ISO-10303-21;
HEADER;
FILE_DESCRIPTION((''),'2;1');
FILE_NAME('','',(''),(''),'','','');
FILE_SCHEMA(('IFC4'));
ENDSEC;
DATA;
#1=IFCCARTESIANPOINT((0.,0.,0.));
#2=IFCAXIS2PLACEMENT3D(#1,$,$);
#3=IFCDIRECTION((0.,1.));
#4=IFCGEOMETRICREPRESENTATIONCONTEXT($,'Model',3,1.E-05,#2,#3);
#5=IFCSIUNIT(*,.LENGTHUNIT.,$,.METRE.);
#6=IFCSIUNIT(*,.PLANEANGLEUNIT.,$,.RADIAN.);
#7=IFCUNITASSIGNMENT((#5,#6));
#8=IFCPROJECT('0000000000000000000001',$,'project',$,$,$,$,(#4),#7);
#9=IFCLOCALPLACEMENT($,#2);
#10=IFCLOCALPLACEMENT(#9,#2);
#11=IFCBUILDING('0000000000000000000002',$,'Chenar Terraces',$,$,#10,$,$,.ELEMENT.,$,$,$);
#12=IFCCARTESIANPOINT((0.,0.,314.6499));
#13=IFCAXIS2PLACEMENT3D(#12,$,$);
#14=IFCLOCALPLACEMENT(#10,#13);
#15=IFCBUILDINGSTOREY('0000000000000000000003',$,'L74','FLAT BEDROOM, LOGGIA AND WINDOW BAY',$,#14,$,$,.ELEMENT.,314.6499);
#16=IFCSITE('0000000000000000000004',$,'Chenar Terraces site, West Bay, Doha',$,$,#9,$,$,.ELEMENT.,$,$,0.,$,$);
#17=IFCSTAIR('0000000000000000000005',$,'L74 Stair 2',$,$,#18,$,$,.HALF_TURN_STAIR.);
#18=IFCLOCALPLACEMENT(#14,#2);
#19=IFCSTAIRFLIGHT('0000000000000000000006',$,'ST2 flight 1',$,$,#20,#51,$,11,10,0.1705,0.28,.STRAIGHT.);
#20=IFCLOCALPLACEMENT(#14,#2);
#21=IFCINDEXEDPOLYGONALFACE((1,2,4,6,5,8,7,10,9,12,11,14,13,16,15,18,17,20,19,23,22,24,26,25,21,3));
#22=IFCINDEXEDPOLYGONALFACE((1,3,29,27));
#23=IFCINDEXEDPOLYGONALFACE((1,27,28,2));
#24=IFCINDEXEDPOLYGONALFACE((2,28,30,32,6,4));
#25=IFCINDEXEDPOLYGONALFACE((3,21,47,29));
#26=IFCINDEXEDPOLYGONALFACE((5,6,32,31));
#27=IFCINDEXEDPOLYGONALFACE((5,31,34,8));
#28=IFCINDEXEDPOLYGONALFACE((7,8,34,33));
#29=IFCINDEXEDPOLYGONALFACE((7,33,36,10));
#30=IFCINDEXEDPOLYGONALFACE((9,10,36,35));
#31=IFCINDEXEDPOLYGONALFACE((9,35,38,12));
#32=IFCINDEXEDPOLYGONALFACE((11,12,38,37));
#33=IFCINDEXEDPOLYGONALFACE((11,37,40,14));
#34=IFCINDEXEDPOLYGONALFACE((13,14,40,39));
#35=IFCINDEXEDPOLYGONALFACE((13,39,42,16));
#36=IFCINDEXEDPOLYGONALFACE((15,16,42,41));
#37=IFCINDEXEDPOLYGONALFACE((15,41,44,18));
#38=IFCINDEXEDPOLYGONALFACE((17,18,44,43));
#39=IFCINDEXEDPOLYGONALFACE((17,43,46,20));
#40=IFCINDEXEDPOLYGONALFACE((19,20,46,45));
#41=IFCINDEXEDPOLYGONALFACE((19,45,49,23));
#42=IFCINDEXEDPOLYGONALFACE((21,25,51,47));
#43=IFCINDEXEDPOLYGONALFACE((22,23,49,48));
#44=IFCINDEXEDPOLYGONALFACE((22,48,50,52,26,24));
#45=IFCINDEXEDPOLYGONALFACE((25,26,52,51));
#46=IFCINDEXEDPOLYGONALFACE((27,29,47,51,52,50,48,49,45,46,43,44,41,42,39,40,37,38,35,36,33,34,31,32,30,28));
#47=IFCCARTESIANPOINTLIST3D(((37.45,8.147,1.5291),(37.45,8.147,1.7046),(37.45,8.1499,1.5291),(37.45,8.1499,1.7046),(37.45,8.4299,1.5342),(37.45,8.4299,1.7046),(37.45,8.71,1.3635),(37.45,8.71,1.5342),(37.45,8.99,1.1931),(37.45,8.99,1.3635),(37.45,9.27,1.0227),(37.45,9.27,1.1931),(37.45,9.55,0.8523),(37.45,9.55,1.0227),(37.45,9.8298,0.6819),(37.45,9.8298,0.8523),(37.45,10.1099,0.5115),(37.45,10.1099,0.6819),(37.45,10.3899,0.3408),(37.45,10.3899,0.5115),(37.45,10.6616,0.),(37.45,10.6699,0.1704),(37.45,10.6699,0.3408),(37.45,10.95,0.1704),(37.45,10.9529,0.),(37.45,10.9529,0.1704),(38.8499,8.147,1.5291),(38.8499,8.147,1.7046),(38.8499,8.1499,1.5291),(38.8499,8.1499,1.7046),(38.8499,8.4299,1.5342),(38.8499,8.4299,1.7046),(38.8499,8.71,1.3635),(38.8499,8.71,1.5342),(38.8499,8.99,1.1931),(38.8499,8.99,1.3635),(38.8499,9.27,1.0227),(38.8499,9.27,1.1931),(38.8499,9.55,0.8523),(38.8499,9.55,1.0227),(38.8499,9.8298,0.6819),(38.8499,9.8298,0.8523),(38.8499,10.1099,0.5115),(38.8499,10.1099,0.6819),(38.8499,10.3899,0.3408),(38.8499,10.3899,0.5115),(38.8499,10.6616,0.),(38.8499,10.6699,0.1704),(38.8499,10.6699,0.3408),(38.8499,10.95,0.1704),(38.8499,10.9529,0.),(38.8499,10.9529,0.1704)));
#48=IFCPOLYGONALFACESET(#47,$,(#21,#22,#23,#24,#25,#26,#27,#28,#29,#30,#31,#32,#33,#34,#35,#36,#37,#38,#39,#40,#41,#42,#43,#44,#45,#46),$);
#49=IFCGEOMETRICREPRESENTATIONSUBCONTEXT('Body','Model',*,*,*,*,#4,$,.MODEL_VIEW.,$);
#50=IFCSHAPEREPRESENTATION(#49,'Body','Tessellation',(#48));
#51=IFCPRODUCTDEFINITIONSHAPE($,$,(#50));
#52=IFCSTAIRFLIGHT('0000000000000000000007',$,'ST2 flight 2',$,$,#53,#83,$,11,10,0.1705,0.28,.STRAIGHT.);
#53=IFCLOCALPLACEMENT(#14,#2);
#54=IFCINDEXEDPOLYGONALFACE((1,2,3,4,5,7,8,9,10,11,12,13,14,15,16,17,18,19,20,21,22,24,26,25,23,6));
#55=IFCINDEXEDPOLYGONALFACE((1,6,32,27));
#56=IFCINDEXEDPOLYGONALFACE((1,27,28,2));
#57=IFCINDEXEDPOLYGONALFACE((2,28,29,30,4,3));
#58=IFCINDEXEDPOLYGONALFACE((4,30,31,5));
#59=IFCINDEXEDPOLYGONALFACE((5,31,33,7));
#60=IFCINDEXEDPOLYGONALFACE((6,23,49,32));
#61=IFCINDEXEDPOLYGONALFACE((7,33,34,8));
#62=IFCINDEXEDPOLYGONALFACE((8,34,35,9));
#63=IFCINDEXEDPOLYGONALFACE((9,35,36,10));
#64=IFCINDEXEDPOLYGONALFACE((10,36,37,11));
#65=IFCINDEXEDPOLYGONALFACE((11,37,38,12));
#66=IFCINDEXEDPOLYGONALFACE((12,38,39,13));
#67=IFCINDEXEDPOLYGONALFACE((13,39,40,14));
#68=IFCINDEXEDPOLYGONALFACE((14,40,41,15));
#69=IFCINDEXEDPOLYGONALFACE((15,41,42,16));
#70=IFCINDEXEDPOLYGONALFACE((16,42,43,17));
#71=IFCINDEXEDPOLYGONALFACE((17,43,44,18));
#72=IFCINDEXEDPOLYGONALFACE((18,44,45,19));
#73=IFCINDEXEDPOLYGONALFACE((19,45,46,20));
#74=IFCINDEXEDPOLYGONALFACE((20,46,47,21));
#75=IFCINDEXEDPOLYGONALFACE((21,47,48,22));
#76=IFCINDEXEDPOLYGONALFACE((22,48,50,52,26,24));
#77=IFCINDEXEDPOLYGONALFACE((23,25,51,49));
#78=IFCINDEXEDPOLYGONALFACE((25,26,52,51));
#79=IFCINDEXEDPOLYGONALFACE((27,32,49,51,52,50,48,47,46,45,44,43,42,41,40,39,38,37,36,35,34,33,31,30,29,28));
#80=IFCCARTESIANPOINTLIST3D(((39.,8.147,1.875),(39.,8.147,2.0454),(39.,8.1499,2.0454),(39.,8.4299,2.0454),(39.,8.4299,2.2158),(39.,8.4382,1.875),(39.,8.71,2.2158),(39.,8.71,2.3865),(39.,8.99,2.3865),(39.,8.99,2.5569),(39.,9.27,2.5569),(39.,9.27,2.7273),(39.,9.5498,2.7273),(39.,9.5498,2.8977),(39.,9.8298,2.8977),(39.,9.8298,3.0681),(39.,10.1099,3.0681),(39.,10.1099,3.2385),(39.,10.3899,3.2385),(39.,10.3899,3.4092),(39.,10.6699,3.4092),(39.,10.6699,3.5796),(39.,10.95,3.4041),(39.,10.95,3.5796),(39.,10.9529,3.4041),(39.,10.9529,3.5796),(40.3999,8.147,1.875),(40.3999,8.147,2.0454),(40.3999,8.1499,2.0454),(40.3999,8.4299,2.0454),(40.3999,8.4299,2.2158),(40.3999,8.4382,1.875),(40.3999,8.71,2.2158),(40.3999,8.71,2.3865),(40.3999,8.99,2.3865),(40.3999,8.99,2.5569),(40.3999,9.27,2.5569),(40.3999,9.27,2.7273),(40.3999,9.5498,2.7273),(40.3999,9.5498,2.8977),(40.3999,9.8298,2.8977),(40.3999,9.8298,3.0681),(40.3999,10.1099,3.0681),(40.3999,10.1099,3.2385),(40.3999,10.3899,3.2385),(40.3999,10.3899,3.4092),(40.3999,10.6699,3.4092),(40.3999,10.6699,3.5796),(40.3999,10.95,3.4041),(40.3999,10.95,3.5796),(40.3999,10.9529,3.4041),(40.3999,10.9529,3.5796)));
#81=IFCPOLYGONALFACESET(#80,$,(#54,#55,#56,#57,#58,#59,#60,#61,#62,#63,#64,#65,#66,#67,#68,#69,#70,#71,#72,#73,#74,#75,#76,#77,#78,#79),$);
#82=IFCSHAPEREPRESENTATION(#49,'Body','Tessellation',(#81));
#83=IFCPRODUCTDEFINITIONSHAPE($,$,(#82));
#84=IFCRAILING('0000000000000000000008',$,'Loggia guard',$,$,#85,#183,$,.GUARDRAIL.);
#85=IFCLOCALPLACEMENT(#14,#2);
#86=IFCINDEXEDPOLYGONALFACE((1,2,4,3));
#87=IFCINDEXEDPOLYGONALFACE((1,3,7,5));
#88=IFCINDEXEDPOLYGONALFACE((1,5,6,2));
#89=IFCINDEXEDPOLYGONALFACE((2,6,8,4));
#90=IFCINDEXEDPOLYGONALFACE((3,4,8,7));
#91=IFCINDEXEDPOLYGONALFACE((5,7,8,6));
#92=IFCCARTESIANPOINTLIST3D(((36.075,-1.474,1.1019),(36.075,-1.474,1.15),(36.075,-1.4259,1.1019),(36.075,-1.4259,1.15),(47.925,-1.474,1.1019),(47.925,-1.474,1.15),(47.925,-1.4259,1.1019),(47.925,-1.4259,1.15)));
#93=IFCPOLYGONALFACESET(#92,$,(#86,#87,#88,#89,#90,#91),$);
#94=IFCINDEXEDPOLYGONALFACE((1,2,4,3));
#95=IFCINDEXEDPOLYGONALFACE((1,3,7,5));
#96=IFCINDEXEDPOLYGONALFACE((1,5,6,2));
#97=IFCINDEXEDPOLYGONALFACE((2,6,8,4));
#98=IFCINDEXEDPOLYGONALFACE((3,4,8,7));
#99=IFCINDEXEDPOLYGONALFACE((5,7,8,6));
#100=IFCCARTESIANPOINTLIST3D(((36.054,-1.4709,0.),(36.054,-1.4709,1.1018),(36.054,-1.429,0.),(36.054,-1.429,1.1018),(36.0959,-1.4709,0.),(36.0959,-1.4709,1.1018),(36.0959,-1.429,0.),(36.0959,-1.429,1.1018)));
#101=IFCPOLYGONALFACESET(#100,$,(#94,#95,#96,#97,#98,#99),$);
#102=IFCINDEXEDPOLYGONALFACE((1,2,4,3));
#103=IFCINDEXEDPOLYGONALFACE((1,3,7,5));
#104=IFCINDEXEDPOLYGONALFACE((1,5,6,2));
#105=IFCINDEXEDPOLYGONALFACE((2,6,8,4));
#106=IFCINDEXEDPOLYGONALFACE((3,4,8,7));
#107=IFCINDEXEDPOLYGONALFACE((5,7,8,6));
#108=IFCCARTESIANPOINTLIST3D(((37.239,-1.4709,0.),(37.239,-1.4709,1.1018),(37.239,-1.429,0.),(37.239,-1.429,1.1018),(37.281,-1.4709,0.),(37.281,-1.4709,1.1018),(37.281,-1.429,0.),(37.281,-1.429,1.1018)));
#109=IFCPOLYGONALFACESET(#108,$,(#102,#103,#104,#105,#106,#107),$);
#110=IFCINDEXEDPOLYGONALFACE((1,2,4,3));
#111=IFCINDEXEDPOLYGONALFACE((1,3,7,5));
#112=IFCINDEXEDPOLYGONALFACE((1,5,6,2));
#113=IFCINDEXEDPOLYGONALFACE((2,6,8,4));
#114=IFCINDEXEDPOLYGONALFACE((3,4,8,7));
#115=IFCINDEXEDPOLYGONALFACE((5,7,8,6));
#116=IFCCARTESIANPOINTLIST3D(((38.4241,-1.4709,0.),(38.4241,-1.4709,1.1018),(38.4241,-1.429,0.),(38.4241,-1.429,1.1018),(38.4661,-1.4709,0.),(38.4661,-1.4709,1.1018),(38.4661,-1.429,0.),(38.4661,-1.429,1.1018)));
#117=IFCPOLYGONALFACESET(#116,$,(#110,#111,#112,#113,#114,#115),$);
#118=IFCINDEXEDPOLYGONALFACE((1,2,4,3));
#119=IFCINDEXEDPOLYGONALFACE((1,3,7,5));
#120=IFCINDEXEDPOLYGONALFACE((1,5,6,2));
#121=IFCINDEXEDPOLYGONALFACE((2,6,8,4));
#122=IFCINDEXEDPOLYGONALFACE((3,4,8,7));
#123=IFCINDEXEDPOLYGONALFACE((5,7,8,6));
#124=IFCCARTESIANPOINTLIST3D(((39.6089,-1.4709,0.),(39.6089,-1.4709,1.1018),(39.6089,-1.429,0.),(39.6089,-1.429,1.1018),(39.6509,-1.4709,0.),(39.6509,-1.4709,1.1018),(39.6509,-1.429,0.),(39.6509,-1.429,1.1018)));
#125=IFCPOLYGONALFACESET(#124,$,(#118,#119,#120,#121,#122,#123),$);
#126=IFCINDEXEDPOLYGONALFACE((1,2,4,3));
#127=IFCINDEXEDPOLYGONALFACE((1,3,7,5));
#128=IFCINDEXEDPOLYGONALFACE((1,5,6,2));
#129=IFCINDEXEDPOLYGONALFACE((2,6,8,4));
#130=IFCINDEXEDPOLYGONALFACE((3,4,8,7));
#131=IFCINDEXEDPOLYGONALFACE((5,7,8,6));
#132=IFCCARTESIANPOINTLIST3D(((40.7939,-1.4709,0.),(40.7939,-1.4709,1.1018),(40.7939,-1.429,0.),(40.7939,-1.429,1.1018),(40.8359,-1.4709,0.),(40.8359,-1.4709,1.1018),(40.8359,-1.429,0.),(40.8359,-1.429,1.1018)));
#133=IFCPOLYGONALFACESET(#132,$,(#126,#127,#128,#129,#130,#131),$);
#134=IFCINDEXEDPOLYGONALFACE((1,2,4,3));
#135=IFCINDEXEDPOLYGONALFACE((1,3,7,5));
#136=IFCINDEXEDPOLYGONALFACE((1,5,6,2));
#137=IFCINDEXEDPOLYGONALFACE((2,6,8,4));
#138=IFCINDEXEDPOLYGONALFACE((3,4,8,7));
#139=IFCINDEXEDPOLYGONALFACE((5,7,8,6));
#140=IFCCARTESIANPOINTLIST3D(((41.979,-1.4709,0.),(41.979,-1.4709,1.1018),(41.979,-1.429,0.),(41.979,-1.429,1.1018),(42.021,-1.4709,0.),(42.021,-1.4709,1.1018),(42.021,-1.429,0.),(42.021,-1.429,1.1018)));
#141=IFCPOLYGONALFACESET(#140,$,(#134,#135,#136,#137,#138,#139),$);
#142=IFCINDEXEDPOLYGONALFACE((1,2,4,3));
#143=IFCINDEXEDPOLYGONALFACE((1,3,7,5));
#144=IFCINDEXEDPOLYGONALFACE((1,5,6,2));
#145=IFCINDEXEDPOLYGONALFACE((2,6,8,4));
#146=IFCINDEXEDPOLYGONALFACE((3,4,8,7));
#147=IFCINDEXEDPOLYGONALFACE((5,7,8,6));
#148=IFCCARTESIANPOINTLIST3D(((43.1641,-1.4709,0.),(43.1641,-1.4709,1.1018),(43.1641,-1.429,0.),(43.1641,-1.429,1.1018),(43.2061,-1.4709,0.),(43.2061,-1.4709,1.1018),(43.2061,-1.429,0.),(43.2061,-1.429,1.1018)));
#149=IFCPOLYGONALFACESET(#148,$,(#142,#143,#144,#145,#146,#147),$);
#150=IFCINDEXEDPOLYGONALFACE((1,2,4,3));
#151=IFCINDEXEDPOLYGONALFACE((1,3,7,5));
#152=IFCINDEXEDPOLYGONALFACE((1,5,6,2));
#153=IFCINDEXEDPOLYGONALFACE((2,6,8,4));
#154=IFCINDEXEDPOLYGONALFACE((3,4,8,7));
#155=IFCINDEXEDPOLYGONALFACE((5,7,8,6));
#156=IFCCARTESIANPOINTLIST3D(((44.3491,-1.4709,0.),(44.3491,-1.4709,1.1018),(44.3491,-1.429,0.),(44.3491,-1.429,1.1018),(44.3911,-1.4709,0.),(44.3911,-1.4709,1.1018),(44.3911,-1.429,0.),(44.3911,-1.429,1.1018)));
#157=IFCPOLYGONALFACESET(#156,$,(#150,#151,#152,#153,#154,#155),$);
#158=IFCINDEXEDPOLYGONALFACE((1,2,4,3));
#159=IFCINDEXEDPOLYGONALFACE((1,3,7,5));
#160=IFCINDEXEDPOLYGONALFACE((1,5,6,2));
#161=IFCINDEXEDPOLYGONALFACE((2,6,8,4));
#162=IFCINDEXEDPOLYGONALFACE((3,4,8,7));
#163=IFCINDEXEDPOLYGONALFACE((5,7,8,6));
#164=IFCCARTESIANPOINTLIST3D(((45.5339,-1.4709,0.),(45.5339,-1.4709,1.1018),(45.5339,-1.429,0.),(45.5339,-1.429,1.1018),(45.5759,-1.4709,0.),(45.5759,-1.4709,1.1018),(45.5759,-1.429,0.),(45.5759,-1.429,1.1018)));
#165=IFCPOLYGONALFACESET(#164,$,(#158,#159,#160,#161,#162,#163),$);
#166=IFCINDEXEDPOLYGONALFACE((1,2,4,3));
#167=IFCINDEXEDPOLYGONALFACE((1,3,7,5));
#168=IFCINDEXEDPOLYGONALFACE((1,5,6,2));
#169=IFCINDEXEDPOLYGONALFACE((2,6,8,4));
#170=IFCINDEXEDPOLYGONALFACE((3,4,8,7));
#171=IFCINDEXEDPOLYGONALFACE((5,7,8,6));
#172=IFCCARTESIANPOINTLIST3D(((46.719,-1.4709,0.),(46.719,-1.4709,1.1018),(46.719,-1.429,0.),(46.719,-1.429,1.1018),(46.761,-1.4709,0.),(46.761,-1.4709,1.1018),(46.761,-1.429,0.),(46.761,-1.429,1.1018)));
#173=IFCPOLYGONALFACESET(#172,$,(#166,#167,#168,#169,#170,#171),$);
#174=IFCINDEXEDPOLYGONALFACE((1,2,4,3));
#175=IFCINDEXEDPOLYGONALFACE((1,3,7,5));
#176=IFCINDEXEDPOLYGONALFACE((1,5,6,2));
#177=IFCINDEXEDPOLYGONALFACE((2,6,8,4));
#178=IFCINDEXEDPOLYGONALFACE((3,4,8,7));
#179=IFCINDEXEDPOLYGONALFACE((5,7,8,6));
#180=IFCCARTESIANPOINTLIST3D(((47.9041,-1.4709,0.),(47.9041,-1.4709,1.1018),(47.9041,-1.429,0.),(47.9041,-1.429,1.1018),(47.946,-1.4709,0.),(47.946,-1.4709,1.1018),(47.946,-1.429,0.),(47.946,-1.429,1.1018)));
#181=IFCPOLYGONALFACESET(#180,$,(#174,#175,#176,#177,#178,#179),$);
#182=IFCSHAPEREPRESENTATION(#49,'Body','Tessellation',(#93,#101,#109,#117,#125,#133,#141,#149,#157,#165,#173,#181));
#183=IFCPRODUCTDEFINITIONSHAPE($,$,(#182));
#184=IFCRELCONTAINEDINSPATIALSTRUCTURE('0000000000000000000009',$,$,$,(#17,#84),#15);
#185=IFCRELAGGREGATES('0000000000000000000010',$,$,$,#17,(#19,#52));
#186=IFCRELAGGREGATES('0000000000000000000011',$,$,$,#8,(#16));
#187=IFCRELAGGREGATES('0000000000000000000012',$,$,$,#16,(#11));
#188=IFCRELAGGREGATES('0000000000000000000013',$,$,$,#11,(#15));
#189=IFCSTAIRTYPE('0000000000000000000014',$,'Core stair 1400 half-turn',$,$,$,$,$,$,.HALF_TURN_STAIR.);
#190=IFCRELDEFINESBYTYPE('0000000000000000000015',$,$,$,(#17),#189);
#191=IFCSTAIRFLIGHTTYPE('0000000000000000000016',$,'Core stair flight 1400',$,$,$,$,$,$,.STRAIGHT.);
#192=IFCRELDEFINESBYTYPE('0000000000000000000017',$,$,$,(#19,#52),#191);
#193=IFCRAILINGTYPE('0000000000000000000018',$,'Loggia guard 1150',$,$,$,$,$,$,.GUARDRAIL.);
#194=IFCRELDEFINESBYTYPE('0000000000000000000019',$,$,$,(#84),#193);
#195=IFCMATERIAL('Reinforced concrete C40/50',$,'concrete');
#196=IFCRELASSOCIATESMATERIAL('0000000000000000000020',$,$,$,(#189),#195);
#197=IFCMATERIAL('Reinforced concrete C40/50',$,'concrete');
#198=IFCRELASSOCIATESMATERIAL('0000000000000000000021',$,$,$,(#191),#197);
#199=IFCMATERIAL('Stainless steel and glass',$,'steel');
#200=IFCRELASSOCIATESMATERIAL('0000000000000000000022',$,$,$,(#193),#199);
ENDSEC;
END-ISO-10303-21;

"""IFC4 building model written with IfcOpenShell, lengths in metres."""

from ifc_helpers import new_model, si_unit, direction, frame, origin, origin_2d, place, context, subcontext, project, spatial, polyline, rectangle, outline, extrude, material, type_object, element, aggregate, save


model = new_model("IFC4")

# Units and contexts
model_context = context("Model", 3, precision=1e-05, world=origin(), true_north=direction((0.0, 1.0)))
body_context = subcontext(model_context, "Body", "Model", "MODEL_VIEW")
ifc_project = project(units=[si_unit("LENGTHUNIT", "METRE"), si_unit("PLANEANGLEUNIT", "RADIAN")], contexts=[model_context])

# Site, building, storey
site_placement = place(None, origin())
site = spatial("IfcSite", under=ifc_project, at=site_placement, Name="Chenar Terraces site, West Bay, Doha", CompositionType="ELEMENT", RefElevation=0.0)
building_placement = place(site_placement, origin())
building = spatial("IfcBuilding", under=site, at=building_placement, Name="Chenar Terraces", CompositionType="ELEMENT")
storey_placement = place(building_placement, frame((0.0, 0.0, 314.6499)))
storey = spatial("IfcBuildingStorey", under=building, at=storey_placement, Name="L74", Description="FLAT BEDROOM, LOGGIA AND WINDOW BAY", CompositionType="ELEMENT", Elevation=314.6499)

# Stair, stair flights
ifc_material_1 = material(Name="Reinforced concrete C40/50", Category="concrete")
stair_type = type_object("IfcStairType", Name="Core stair 1400 half-turn", PredefinedType="HALF_TURN_STAIR", material=ifc_material_1)
stair_placement = place(storey_placement, origin())
stair = element("IfcStair", 1, at=stair_placement, inside=storey, type_object=stair_type, Name="L74 Stair 2", PredefinedType="HALF_TURN_STAIR")
ifc_material_2 = material(Name="Reinforced concrete C40/50", Category="concrete")
stair_flight_type = type_object("IfcStairFlightType", Name="Core stair flight 1400", PredefinedType="STRAIGHT", material=ifc_material_2)
stair_flight_1_placement = place(storey_placement, frame((38.1499, 10.95, 0.0), z_axis=(0.0, 0.0, 1.0), x_axis=(0.0, -1.0, 0.0)))
stair_flight_1 = element("IfcStairFlight", 2, at=stair_flight_1_placement, type_object=stair_flight_type, Name="ST2 flight 1", NumberOfRisers=11, NumberOfTreads=10, PredefinedType="STRAIGHT", RiserHeight=0.1705, TreadLength=0.28, context=body_context, shape_type="SweptSolid", body=[
    extrude(outline(polyline([(-0.0029, 0.0), (-0.0029, 0.1704), (0.0, 0.1704), (0.28, 0.1704), (0.28, 0.3408), (0.5601, 0.3408), (0.5601, 0.5115), (0.8401, 0.5115), (0.8401, 0.6819), (1.1201, 0.6819), (1.1201, 0.8523), (1.3999, 0.8523), (1.3999, 1.0227), (1.6799, 1.0227), (1.6799, 1.1931), (1.96, 1.1931), (1.96, 1.3635), (2.24, 1.3635), (2.24, 1.5342), (2.52, 1.5342), (2.52, 1.7046), (2.8, 1.7046), (2.803, 1.7046), (2.803, 1.5291), (2.8, 1.5291), (0.2883, 0.0), (-0.0029, 0.0)])), frame((0.0, 0.7, 0.0), z_axis=(0.0, -1.0, 0.0), x_axis=(1.0, 0.0, 0.0)), (0.0, 0.0, 1.0), 1.3999),
])
stair_flight_2_placement = place(storey_placement, frame((39.7, 8.1499, 1.875), z_axis=(0.0, 0.0, 1.0), x_axis=(0.0, 1.0, 0.0)))
stair_flight_2 = element("IfcStairFlight", 3, at=stair_flight_2_placement, type_object=stair_flight_type, Name="ST2 flight 2", NumberOfRisers=11, NumberOfTreads=10, PredefinedType="STRAIGHT", RiserHeight=0.1705, TreadLength=0.28, context=body_context, shape_type="SweptSolid", body=[
    extrude(outline(polyline([(-0.0029, 0.0), (-0.0029, 0.1704), (0.0, 0.1704), (0.28, 0.1704), (0.28, 0.3408), (0.5601, 0.3408), (0.5601, 0.5115), (0.8401, 0.5115), (0.8401, 0.6819), (1.1201, 0.6819), (1.1201, 0.8523), (1.3999, 0.8523), (1.3999, 1.0227), (1.6799, 1.0227), (1.6799, 1.1931), (1.96, 1.1931), (1.96, 1.3635), (2.24, 1.3635), (2.24, 1.5342), (2.52, 1.5342), (2.52, 1.7046), (2.8, 1.7046), (2.803, 1.7046), (2.803, 1.5291), (2.8, 1.5291), (0.2883, 0.0), (-0.0029, 0.0)])), frame((0.0, 0.7, 0.0), z_axis=(0.0, -1.0, 0.0), x_axis=(1.0, 0.0, 0.0)), (0.0, 0.0, 1.0), 1.3999),
])
aggregate(stair, [stair_flight_1, stair_flight_2])

# Railing
ifc_material_3 = material(Name="Stainless steel and glass", Category="steel")
railing_type_1 = type_object("IfcRailingType", Name="Loggia guard 1150", PredefinedType="GUARDRAIL", material=ifc_material_3)
railing_1_placement = place(storey_placement, frame((36.075, -1.45, 0.0)))
element("IfcRailing", 4, at=railing_1_placement, inside=storey, type_object=railing_type_1, Name="Loggia guard", PredefinedType="GUARDRAIL", context=body_context, shape_type="SweptSolid", body=[
    extrude(rectangle(XDim=0.0481, YDim=0.0481, at=origin_2d()), frame((0.0, 0.0, 1.126), z_axis=(1.0, 0.0, 0.0), x_axis=(0.0, 1.0, 0.0)), (0.0, 0.0, 1.0), 11.8501),
    extrude(rectangle(XDim=0.042, YDim=0.042, at=origin_2d()), origin(), (0.0, 0.0, 1.0), 1.1018),
    extrude(rectangle(XDim=0.042, YDim=0.042, at=origin_2d()), frame((1.1851, 0.0, 0.0)), (0.0, 0.0, 1.0), 1.1018),
    extrude(rectangle(XDim=0.042, YDim=0.042, at=origin_2d()), frame((2.3701, 0.0, 0.0)), (0.0, 0.0, 1.0), 1.1018),
    extrude(rectangle(XDim=0.042, YDim=0.042, at=origin_2d()), frame((3.5549, 0.0, 0.0)), (0.0, 0.0, 1.0), 1.1018),
    extrude(rectangle(XDim=0.042, YDim=0.042, at=origin_2d()), frame((4.74, 0.0, 0.0)), (0.0, 0.0, 1.0), 1.1018),
    extrude(rectangle(XDim=0.042, YDim=0.042, at=origin_2d()), frame((5.925, 0.0, 0.0)), (0.0, 0.0, 1.0), 1.1018),
    extrude(rectangle(XDim=0.042, YDim=0.042, at=origin_2d()), frame((7.1101, 0.0, 0.0)), (0.0, 0.0, 1.0), 1.1018),
    extrude(rectangle(XDim=0.042, YDim=0.042, at=origin_2d()), frame((8.2952, 0.0, 0.0)), (0.0, 0.0, 1.0), 1.1018),
    extrude(rectangle(XDim=0.042, YDim=0.042, at=origin_2d()), frame((9.48, 0.0, 0.0)), (0.0, 0.0, 1.0), 1.1018),
    extrude(rectangle(XDim=0.042, YDim=0.042, at=origin_2d()), frame((10.665, 0.0, 0.0)), (0.0, 0.0, 1.0), 1.1018),
    extrude(rectangle(XDim=0.042, YDim=0.042, at=origin_2d()), frame((11.8501, 0.0, 0.0)), (0.0, 0.0, 1.0), 1.1018),
])

save(model, "model.ifc")
